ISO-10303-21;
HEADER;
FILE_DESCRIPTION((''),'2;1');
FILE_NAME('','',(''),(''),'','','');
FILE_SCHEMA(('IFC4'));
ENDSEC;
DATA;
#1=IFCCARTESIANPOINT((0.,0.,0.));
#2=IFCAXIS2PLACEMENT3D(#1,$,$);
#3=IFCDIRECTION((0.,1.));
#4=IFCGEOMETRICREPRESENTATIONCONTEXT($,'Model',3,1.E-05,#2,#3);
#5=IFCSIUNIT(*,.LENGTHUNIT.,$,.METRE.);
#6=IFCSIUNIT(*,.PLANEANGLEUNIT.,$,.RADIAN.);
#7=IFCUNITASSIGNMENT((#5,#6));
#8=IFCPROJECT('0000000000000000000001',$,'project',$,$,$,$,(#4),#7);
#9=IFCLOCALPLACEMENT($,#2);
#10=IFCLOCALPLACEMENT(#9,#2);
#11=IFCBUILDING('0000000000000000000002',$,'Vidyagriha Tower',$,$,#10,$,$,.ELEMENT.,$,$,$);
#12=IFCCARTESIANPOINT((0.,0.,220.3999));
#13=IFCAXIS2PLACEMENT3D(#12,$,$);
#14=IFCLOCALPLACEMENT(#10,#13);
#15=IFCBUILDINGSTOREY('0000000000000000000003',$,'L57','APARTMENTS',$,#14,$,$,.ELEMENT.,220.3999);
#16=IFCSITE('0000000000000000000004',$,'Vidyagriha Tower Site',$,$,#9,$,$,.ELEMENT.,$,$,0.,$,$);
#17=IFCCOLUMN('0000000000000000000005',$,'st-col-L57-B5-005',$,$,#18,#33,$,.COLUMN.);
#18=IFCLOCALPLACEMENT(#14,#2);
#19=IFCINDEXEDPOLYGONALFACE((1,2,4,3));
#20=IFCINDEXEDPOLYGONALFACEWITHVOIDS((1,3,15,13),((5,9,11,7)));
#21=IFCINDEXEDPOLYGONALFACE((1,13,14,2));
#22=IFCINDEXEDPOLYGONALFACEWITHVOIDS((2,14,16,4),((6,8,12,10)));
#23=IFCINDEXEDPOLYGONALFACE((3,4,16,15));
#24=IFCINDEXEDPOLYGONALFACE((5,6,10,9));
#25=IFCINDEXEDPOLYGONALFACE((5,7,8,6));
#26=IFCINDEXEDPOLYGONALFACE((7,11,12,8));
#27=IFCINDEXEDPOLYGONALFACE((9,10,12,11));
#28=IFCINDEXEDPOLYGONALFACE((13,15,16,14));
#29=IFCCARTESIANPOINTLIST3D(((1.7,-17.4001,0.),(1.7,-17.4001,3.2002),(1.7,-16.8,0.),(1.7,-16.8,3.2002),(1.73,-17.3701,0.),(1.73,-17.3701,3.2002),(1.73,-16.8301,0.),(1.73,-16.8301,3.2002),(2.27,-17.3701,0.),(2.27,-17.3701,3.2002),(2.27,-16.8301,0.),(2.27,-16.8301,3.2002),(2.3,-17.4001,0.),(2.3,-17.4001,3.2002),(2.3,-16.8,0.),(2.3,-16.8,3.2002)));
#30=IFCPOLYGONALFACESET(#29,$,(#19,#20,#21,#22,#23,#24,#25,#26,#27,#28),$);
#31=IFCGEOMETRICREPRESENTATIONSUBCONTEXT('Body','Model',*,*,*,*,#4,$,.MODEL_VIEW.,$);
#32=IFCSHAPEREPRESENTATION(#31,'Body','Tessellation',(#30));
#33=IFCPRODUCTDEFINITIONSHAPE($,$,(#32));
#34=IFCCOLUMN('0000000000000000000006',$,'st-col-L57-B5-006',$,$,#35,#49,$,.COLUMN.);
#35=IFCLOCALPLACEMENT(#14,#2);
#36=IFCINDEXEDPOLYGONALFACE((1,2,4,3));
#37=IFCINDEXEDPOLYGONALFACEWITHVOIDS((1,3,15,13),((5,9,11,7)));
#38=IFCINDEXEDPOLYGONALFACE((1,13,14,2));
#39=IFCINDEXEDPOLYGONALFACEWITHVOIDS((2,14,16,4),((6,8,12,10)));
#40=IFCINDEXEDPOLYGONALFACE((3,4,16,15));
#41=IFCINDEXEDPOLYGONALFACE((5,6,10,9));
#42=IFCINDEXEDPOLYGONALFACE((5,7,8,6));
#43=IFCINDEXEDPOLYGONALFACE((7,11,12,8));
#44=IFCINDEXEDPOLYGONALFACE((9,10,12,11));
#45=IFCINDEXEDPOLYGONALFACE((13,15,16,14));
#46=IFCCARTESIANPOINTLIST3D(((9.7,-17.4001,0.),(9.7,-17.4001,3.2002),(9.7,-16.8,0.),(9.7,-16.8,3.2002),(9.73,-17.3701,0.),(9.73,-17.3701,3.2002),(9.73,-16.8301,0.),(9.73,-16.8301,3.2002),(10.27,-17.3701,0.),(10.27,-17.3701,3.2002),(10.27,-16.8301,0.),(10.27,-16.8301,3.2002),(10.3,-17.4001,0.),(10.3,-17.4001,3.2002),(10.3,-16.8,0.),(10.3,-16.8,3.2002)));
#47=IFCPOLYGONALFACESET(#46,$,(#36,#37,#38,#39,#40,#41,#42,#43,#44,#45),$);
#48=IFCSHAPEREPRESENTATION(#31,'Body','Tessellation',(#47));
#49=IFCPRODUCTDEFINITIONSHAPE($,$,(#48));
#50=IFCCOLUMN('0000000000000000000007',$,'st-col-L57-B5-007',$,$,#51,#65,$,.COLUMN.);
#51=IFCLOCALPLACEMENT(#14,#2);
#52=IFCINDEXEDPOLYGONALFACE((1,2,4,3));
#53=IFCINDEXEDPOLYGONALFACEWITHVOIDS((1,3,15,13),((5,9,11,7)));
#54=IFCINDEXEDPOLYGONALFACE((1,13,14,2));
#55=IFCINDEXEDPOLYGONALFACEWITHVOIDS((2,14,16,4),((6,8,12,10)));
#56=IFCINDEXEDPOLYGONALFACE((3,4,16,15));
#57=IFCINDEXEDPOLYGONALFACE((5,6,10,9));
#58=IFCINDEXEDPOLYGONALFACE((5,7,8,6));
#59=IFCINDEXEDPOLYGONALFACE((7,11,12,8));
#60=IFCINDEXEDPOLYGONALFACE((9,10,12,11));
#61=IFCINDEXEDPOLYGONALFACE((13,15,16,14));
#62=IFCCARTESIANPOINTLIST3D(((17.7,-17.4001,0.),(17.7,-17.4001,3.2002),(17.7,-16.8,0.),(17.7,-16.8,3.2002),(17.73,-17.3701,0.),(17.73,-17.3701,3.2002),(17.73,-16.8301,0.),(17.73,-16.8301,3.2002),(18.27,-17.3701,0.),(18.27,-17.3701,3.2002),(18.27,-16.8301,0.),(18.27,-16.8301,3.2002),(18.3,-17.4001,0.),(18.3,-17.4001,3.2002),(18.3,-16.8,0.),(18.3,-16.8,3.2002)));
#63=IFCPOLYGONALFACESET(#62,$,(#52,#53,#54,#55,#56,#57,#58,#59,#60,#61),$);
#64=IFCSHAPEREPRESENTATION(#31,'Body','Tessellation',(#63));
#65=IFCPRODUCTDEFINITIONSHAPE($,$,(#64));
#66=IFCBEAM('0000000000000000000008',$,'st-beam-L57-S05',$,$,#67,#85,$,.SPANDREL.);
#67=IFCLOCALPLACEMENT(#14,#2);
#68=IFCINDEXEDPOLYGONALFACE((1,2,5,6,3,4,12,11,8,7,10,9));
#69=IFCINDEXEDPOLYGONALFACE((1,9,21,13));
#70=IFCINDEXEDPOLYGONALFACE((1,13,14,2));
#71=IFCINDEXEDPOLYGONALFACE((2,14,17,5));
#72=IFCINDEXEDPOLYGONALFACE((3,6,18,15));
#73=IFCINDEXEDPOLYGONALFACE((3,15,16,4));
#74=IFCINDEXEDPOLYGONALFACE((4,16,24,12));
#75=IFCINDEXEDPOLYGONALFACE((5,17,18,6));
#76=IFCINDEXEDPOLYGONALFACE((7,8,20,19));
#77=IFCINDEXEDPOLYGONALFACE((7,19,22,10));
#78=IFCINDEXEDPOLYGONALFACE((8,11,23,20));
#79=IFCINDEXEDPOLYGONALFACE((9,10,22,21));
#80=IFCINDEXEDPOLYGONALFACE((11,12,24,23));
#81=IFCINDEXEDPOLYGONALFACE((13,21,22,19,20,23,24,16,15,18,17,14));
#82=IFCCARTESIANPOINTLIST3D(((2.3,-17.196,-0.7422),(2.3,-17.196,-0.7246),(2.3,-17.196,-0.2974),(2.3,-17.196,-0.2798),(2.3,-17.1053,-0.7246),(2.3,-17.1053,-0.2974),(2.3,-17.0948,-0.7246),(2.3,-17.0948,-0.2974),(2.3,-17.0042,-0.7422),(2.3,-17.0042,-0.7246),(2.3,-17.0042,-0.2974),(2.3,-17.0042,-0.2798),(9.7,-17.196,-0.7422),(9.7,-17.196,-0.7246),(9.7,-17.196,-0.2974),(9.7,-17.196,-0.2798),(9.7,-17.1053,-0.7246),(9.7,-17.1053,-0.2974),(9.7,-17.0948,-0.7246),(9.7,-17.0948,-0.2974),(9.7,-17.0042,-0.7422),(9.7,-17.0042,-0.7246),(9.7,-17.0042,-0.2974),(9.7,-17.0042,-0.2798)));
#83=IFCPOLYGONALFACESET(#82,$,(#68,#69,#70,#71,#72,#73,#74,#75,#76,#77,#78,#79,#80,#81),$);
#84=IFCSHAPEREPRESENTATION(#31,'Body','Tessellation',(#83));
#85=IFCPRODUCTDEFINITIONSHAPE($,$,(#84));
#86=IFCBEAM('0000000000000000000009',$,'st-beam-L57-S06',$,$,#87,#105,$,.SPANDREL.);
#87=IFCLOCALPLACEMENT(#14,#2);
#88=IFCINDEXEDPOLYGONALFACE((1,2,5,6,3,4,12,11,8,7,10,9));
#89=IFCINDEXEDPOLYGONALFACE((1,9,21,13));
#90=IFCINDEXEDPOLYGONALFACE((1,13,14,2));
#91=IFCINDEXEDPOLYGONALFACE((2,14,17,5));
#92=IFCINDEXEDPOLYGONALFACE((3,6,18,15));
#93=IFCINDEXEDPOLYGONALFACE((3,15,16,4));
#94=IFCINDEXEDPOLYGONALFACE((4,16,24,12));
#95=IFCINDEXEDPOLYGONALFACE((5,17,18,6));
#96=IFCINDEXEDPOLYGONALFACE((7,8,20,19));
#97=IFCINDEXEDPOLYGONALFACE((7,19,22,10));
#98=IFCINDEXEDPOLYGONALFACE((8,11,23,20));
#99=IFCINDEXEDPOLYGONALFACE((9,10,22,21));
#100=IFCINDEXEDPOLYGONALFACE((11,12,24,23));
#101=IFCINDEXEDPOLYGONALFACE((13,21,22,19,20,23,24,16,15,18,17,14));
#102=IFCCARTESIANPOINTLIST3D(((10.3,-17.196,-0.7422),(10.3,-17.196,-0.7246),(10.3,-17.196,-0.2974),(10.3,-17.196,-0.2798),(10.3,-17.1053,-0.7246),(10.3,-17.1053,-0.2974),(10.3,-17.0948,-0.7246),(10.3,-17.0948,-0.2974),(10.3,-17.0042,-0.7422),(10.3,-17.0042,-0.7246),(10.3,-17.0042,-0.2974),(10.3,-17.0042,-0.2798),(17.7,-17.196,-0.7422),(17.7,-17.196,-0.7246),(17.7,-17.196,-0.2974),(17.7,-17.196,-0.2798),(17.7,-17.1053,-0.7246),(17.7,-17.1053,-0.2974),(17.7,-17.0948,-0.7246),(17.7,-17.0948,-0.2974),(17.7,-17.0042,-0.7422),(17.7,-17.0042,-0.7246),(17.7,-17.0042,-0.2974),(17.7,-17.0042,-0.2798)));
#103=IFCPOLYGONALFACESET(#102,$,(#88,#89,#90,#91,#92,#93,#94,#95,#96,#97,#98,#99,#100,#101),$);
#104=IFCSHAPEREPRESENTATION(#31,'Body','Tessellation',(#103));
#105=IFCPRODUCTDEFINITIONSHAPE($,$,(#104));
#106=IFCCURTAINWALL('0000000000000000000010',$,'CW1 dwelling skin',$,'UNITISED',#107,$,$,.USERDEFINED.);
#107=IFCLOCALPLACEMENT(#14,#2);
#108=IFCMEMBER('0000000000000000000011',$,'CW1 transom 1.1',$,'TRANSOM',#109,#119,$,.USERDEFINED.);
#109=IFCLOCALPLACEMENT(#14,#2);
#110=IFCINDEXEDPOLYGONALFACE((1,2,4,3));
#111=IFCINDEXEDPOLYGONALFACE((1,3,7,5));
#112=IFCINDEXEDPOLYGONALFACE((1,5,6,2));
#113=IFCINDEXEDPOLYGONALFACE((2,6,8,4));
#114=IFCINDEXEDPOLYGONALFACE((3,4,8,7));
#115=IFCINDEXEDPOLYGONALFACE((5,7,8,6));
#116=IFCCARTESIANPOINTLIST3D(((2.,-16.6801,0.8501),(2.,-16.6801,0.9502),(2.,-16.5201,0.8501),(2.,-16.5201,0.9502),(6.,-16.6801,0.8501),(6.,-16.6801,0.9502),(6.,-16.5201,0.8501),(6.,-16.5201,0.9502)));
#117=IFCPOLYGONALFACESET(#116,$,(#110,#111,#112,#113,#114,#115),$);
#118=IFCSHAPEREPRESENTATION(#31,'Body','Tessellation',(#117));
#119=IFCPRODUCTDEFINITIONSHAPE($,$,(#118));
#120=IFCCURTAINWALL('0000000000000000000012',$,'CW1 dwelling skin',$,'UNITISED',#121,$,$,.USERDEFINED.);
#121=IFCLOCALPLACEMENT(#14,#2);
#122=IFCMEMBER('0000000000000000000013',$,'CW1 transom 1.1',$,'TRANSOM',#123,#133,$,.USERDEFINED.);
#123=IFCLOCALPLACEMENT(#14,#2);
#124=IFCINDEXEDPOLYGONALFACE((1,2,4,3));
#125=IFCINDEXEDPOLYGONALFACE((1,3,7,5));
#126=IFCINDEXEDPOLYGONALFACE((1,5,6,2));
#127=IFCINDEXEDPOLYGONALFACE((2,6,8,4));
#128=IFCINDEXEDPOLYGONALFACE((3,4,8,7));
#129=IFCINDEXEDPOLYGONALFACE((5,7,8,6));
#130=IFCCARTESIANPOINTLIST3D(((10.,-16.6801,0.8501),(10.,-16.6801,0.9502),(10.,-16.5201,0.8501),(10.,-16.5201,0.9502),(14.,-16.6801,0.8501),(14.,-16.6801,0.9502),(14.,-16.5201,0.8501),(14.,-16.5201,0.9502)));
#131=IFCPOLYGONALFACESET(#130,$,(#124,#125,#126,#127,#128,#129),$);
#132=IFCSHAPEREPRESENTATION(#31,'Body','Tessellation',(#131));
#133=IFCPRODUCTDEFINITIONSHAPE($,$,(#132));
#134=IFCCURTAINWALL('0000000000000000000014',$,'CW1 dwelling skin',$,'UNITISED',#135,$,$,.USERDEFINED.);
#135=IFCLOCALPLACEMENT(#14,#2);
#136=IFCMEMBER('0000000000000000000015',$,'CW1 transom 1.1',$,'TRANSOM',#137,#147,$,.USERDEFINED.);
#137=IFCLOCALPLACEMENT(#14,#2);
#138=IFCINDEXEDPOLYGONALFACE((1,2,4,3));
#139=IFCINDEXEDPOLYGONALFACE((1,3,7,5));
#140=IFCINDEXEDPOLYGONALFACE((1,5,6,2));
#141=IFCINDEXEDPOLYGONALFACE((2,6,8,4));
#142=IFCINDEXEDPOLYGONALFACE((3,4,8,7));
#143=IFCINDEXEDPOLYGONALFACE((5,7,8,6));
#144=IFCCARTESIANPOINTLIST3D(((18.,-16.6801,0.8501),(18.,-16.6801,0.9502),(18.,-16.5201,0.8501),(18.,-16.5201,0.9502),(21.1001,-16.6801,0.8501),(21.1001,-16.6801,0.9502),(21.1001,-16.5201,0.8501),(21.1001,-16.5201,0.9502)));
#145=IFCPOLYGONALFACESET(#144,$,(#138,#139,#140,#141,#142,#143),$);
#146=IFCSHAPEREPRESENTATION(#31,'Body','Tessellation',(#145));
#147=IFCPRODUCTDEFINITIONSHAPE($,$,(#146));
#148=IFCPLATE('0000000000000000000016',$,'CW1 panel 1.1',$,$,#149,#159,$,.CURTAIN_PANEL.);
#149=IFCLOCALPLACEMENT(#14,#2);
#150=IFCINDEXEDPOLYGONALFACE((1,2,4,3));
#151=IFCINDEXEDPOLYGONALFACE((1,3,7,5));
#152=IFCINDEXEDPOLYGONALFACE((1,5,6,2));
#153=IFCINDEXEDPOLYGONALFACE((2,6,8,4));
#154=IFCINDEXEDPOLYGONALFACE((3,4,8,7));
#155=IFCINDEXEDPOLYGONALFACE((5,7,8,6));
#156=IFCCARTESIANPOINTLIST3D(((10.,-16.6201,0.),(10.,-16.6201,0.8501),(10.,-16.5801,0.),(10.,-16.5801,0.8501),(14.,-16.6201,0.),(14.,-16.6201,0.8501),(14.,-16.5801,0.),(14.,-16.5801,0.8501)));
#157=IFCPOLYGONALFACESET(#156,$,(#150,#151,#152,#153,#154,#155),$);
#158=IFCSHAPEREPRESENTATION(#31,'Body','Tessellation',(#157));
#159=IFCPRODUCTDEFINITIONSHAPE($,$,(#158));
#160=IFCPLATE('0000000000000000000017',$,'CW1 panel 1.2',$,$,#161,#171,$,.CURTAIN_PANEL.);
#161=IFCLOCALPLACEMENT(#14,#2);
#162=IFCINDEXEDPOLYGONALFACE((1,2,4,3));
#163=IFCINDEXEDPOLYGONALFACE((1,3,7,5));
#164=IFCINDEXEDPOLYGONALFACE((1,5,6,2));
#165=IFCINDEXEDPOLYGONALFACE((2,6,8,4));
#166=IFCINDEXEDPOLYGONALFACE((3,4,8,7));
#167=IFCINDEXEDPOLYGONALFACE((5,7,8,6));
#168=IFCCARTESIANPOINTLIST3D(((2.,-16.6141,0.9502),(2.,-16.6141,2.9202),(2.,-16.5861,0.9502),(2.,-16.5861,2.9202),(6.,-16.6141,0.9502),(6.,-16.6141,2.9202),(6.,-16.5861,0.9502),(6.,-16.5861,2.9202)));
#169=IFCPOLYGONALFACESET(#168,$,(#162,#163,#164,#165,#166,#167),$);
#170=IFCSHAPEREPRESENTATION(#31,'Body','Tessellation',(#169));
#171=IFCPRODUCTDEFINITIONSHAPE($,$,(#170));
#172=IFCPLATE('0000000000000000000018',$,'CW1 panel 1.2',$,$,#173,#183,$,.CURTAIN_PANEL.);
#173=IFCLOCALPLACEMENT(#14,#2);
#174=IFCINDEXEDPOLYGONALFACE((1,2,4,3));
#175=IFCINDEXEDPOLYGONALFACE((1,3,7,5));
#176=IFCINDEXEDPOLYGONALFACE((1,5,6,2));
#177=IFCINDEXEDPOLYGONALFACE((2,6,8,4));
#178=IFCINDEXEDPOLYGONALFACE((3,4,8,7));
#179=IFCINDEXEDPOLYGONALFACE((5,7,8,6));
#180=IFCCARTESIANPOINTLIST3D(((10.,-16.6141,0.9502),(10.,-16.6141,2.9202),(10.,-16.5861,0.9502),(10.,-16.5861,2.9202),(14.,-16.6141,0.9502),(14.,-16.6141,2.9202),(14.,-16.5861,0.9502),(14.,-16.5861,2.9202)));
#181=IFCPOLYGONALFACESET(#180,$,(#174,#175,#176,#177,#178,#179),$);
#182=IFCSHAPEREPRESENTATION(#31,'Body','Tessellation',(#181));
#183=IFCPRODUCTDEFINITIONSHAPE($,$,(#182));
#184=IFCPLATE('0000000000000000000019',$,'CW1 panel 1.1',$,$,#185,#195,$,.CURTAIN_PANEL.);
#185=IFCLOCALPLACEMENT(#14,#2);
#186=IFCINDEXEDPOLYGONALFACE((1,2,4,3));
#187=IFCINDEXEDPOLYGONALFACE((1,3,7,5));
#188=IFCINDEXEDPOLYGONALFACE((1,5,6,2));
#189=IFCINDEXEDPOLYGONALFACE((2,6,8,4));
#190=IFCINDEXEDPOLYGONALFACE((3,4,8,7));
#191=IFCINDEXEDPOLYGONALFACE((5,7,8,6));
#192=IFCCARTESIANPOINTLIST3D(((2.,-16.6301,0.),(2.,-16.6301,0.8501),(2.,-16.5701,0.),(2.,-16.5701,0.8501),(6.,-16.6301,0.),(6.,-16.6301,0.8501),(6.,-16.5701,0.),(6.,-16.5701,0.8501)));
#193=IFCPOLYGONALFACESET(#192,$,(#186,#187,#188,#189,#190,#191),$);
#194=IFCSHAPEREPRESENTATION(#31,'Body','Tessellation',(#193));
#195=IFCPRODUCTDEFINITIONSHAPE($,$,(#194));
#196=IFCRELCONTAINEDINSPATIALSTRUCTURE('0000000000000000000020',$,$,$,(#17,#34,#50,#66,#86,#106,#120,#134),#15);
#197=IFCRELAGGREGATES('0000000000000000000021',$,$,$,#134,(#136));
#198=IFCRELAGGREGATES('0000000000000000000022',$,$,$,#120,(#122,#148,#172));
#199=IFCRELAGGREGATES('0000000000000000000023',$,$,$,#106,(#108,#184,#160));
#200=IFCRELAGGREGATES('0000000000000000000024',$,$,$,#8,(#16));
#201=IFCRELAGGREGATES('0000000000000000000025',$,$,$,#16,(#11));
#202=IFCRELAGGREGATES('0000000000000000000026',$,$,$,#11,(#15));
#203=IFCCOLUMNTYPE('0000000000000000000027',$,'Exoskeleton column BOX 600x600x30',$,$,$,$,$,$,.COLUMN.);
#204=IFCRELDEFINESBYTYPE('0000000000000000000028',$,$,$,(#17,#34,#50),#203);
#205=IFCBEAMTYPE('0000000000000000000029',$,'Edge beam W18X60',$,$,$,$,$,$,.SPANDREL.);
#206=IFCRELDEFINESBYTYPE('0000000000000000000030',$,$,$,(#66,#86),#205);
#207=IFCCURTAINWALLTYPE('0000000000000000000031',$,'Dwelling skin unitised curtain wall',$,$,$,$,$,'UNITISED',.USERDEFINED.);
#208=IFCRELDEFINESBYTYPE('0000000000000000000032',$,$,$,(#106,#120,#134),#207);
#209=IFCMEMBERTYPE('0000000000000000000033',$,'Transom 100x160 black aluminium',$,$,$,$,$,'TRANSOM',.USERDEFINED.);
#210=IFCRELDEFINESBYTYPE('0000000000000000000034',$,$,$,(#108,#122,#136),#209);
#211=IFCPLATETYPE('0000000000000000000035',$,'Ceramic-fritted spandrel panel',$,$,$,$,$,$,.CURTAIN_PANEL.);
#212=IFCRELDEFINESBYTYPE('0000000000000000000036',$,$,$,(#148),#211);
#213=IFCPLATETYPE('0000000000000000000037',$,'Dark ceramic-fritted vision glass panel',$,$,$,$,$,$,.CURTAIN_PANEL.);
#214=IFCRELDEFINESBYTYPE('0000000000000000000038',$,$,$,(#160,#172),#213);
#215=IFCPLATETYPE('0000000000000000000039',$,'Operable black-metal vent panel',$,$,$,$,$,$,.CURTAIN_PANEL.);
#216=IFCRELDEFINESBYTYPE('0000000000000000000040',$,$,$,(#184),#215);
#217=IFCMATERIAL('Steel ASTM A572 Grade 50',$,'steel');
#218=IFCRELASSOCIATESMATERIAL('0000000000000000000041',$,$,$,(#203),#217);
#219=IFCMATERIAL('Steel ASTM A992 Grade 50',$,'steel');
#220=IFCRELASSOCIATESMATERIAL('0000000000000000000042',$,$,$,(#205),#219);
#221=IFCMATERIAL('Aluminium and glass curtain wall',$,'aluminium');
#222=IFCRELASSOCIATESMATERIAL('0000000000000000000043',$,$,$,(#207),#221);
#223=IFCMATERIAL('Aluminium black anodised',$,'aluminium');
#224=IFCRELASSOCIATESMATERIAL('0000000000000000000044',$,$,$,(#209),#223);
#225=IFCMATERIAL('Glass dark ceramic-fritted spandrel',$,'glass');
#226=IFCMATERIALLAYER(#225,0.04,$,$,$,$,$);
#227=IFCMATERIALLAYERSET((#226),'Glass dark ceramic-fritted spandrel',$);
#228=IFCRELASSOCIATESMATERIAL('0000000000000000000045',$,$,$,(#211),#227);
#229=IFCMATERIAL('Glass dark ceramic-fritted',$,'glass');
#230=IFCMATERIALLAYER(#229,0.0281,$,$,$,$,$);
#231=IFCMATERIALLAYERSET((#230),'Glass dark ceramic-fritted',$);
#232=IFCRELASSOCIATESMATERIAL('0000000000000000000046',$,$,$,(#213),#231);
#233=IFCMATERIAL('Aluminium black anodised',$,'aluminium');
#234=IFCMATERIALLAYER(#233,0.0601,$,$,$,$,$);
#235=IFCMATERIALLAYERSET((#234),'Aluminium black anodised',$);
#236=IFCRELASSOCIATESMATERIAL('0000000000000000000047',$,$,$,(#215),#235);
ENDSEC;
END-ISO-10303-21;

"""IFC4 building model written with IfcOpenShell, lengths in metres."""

from ifc_helpers import new_model, si_unit, direction, frame, origin, origin_2d, place, context, subcontext, project, spatial, rectangle, hollow_rectangle, i_section, extrude, material, layer, layer_set, material_profile, profile_set, type_object, element, aggregate, save


model = new_model("IFC4")

# Units and contexts
model_context = context("Model", 3, precision=1e-05, world=origin(), true_north=direction((0.0, 1.0)))
body_context = subcontext(model_context, "Body", "Model", "MODEL_VIEW")
ifc_project = project(units=[si_unit("LENGTHUNIT", "METRE"), si_unit("PLANEANGLEUNIT", "RADIAN")], contexts=[model_context])

# Site, building, storey
site_placement = place(None, origin())
site = spatial("IfcSite", under=ifc_project, at=site_placement, Name="Vidyagriha Tower Site", CompositionType="ELEMENT", RefElevation=0.0)
building_placement = place(site_placement, origin())
building = spatial("IfcBuilding", under=site, at=building_placement, Name="Vidyagriha Tower", CompositionType="ELEMENT")
storey_placement = place(building_placement, frame((0.0, 0.0, 220.3999)))
storey = spatial("IfcBuildingStorey", under=building, at=storey_placement, Name="L57", Description="APARTMENTS", CompositionType="ELEMENT", Elevation=220.3999)

# Columns
ifc_material_1 = material(Name="Steel ASTM A572 Grade 50", Category="steel")
ifc_material_profile_1 = material_profile(ifc_material_1, hollow_rectangle(XDim=0.6001, YDim=0.6001, WallThickness=0.03, at=origin_2d()), Name="BOX 600x600x30")
ifc_profile_set_1 = profile_set([ifc_material_profile_1], Name="Steel ASTM A572 Grade 50")
column_type = type_object("IfcColumnType", Name="Exoskeleton column BOX 600x600x30", PredefinedType="COLUMN", material=ifc_profile_set_1)
for number, where, name in (
    (1, (2.0, -17.1001, 0.0), "st-col-L57-B5-005"),
    (2, (10.0, -17.1001, 0.0), "st-col-L57-B5-006"),
    (3, (18.0, -17.1001, 0.0), "st-col-L57-B5-007"),
):
    element("IfcColumn", number, at=place(storey_placement, frame(where)), inside=storey, type_object=column_type, Name=name, PredefinedType="COLUMN", context=body_context, shape_type="SweptSolid", body=[
        extrude(hollow_rectangle(XDim=0.6001, YDim=0.6001, WallThickness=0.03, at=origin_2d()), origin(), (0.0, 0.0, 1.0), 3.2002),
    ])

# Beams
ifc_material_2 = material(Name="Steel ASTM A992 Grade 50", Category="steel")
ifc_material_profile_2 = material_profile(ifc_material_2, i_section(OverallWidth=0.1919, OverallDepth=0.4624, WebThickness=0.0105, FlangeThickness=0.0176, at=origin_2d()), Name="W18X60")
ifc_profile_set_2 = profile_set([ifc_material_profile_2], Name="Steel ASTM A992 Grade 50")
beam_type = type_object("IfcBeamType", Name="Edge beam W18X60", PredefinedType="SPANDREL", material=ifc_profile_set_2)
for number, where, z_axis, x_axis, name in (
    (4, (2.3, -17.1001, -0.511), (1.0, 0.0, 0.0), (0.0, 1.0, 0.0), "st-beam-L57-S05"),
    (5, (10.3, -17.1001, -0.511), (1.0, 0.0, 0.0), (0.0, 1.0, 0.0), "st-beam-L57-S06"),
):
    element("IfcBeam", number, at=place(storey_placement, frame(where, z_axis=z_axis, x_axis=x_axis)), inside=storey, type_object=beam_type, Name=name, PredefinedType="SPANDREL", context=body_context, shape_type="SweptSolid", body=[
        extrude(i_section(OverallWidth=0.1919, OverallDepth=0.4624, WebThickness=0.0105, FlangeThickness=0.0176, at=origin_2d()), origin(), (0.0, 0.0, 1.0), 7.3999),
    ])

# Curtain walls, members
ifc_material_3 = material(Name="Aluminium and glass curtain wall", Category="aluminium")
curtain_wall_type = type_object("IfcCurtainWallType", Name="Dwelling skin unitised curtain wall", ElementType="UNITISED", PredefinedType="USERDEFINED", material=ifc_material_3)
curtain_wall_1_placement = place(storey_placement, origin())
curtain_wall_1 = element("IfcCurtainWall", 6, at=curtain_wall_1_placement, inside=storey, type_object=curtain_wall_type, Name="CW1 dwelling skin", ObjectType="UNITISED", PredefinedType="USERDEFINED")
ifc_material_4 = material(Name="Aluminium black anodised", Category="aluminium")
ifc_material_profile_3 = material_profile(ifc_material_4, rectangle(XDim=0.1599, YDim=0.1001, at=origin_2d()), Name="Transom 100x160 black aluminium")
ifc_profile_set_3 = profile_set([ifc_material_profile_3], Name="Aluminium black anodised")
member_type = type_object("IfcMemberType", Name="Transom 100x160 black aluminium", ElementType="TRANSOM", PredefinedType="USERDEFINED", material=ifc_profile_set_3)
member_1_placement = place(storey_placement, frame((2.0, -16.6001, 0.9001), z_axis=(1.0, 0.0, 0.0), x_axis=(0.0, 1.0, 0.0)))
member_1 = element("IfcMember", 7, at=member_1_placement, type_object=member_type, Name="CW1 transom 1.1", ObjectType="TRANSOM", PredefinedType="USERDEFINED", context=body_context, shape_type="SweptSolid", body=[
    extrude(rectangle(XDim=0.1599, YDim=0.1001, at=origin_2d()), origin(), (0.0, 0.0, 1.0), 4.0),
])
curtain_wall_2_placement = place(storey_placement, origin())
curtain_wall_2 = element("IfcCurtainWall", 8, at=curtain_wall_2_placement, inside=storey, type_object=curtain_wall_type, Name="CW1 dwelling skin", ObjectType="UNITISED", PredefinedType="USERDEFINED")
member_2_placement = place(storey_placement, frame((10.0, -16.6001, 0.9001), z_axis=(1.0, 0.0, 0.0), x_axis=(0.0, 1.0, 0.0)))
member_2 = element("IfcMember", 9, at=member_2_placement, type_object=member_type, Name="CW1 transom 1.1", ObjectType="TRANSOM", PredefinedType="USERDEFINED", context=body_context, shape_type="SweptSolid", body=[
    extrude(rectangle(XDim=0.1599, YDim=0.1001, at=origin_2d()), origin(), (0.0, 0.0, 1.0), 4.0),
])
curtain_wall_3_placement = place(storey_placement, origin())
curtain_wall_3 = element("IfcCurtainWall", 10, at=curtain_wall_3_placement, inside=storey, type_object=curtain_wall_type, Name="CW1 dwelling skin", ObjectType="UNITISED", PredefinedType="USERDEFINED")
member_3_placement = place(storey_placement, frame((18.0, -16.6001, 0.9001), z_axis=(1.0, 0.0, 0.0), x_axis=(0.0, 1.0, 0.0)))
member_3 = element("IfcMember", 11, at=member_3_placement, type_object=member_type, Name="CW1 transom 1.1", ObjectType="TRANSOM", PredefinedType="USERDEFINED", context=body_context, shape_type="SweptSolid", body=[
    extrude(rectangle(XDim=0.1599, YDim=0.1001, at=origin_2d()), origin(), (0.0, 0.0, 1.0), 3.1001),
])
aggregate(curtain_wall_3, [member_3])

# Plates
ifc_material_5 = material(Name="Glass dark ceramic-fritted spandrel", Category="glass")
ifc_layer_1 = layer(ifc_material_5, 0.04)
ifc_layer_set_1 = layer_set([ifc_layer_1], Name="Glass dark ceramic-fritted spandrel")
plate_type_1 = type_object("IfcPlateType", Name="Ceramic-fritted spandrel panel", PredefinedType="CURTAIN_PANEL", material=ifc_layer_set_1)
plate_1_placement = place(storey_placement, frame((12.0, -16.6001, 0.0)))
plate_1 = element("IfcPlate", 12, at=plate_1_placement, type_object=plate_type_1, Name="CW1 panel 1.1", PredefinedType="CURTAIN_PANEL", context=body_context, shape_type="SweptSolid", body=[
    extrude(rectangle(XDim=4.0, YDim=0.04, at=origin_2d()), origin(), (0.0, 0.0, 1.0), 0.8501),
])
ifc_material_6 = material(Name="Glass dark ceramic-fritted", Category="glass")
ifc_layer_2 = layer(ifc_material_6, 0.0281)
ifc_layer_set_2 = layer_set([ifc_layer_2], Name="Glass dark ceramic-fritted")
plate_type_2 = type_object("IfcPlateType", Name="Dark ceramic-fritted vision glass panel", PredefinedType="CURTAIN_PANEL", material=ifc_layer_set_2)
plate_2_placement = place(storey_placement, frame((4.0, -16.6001, 0.9502)))
plate_2 = element("IfcPlate", 13, at=plate_2_placement, type_object=plate_type_2, Name="CW1 panel 1.2", PredefinedType="CURTAIN_PANEL", context=body_context, shape_type="SweptSolid", body=[
    extrude(rectangle(XDim=4.0, YDim=0.0281, at=origin_2d()), origin(), (0.0, 0.0, 1.0), 1.97),
])
plate_3_placement = place(storey_placement, frame((12.0, -16.6001, 0.9502)))
plate_3 = element("IfcPlate", 14, at=plate_3_placement, type_object=plate_type_2, Name="CW1 panel 1.2", PredefinedType="CURTAIN_PANEL", context=body_context, shape_type="SweptSolid", body=[
    extrude(rectangle(XDim=4.0, YDim=0.0281, at=origin_2d()), origin(), (0.0, 0.0, 1.0), 1.97),
])
aggregate(curtain_wall_2, [member_2, plate_1, plate_3])
ifc_material_7 = material(Name="Aluminium black anodised", Category="aluminium")
ifc_layer_3 = layer(ifc_material_7, 0.0601)
ifc_layer_set_3 = layer_set([ifc_layer_3], Name="Aluminium black anodised")
plate_type_3 = type_object("IfcPlateType", Name="Operable black-metal vent panel", PredefinedType="CURTAIN_PANEL", material=ifc_layer_set_3)
plate_4_placement = place(storey_placement, frame((4.0, -16.6001, 0.0)))
plate_4 = element("IfcPlate", 15, at=plate_4_placement, type_object=plate_type_3, Name="CW1 panel 1.1", PredefinedType="CURTAIN_PANEL", context=body_context, shape_type="SweptSolid", body=[
    extrude(rectangle(XDim=4.0, YDim=0.0601, at=origin_2d()), origin(), (0.0, 0.0, 1.0), 0.8501),
])
aggregate(curtain_wall_1, [member_1, plate_4, plate_2])

save(model, "model.ifc")
